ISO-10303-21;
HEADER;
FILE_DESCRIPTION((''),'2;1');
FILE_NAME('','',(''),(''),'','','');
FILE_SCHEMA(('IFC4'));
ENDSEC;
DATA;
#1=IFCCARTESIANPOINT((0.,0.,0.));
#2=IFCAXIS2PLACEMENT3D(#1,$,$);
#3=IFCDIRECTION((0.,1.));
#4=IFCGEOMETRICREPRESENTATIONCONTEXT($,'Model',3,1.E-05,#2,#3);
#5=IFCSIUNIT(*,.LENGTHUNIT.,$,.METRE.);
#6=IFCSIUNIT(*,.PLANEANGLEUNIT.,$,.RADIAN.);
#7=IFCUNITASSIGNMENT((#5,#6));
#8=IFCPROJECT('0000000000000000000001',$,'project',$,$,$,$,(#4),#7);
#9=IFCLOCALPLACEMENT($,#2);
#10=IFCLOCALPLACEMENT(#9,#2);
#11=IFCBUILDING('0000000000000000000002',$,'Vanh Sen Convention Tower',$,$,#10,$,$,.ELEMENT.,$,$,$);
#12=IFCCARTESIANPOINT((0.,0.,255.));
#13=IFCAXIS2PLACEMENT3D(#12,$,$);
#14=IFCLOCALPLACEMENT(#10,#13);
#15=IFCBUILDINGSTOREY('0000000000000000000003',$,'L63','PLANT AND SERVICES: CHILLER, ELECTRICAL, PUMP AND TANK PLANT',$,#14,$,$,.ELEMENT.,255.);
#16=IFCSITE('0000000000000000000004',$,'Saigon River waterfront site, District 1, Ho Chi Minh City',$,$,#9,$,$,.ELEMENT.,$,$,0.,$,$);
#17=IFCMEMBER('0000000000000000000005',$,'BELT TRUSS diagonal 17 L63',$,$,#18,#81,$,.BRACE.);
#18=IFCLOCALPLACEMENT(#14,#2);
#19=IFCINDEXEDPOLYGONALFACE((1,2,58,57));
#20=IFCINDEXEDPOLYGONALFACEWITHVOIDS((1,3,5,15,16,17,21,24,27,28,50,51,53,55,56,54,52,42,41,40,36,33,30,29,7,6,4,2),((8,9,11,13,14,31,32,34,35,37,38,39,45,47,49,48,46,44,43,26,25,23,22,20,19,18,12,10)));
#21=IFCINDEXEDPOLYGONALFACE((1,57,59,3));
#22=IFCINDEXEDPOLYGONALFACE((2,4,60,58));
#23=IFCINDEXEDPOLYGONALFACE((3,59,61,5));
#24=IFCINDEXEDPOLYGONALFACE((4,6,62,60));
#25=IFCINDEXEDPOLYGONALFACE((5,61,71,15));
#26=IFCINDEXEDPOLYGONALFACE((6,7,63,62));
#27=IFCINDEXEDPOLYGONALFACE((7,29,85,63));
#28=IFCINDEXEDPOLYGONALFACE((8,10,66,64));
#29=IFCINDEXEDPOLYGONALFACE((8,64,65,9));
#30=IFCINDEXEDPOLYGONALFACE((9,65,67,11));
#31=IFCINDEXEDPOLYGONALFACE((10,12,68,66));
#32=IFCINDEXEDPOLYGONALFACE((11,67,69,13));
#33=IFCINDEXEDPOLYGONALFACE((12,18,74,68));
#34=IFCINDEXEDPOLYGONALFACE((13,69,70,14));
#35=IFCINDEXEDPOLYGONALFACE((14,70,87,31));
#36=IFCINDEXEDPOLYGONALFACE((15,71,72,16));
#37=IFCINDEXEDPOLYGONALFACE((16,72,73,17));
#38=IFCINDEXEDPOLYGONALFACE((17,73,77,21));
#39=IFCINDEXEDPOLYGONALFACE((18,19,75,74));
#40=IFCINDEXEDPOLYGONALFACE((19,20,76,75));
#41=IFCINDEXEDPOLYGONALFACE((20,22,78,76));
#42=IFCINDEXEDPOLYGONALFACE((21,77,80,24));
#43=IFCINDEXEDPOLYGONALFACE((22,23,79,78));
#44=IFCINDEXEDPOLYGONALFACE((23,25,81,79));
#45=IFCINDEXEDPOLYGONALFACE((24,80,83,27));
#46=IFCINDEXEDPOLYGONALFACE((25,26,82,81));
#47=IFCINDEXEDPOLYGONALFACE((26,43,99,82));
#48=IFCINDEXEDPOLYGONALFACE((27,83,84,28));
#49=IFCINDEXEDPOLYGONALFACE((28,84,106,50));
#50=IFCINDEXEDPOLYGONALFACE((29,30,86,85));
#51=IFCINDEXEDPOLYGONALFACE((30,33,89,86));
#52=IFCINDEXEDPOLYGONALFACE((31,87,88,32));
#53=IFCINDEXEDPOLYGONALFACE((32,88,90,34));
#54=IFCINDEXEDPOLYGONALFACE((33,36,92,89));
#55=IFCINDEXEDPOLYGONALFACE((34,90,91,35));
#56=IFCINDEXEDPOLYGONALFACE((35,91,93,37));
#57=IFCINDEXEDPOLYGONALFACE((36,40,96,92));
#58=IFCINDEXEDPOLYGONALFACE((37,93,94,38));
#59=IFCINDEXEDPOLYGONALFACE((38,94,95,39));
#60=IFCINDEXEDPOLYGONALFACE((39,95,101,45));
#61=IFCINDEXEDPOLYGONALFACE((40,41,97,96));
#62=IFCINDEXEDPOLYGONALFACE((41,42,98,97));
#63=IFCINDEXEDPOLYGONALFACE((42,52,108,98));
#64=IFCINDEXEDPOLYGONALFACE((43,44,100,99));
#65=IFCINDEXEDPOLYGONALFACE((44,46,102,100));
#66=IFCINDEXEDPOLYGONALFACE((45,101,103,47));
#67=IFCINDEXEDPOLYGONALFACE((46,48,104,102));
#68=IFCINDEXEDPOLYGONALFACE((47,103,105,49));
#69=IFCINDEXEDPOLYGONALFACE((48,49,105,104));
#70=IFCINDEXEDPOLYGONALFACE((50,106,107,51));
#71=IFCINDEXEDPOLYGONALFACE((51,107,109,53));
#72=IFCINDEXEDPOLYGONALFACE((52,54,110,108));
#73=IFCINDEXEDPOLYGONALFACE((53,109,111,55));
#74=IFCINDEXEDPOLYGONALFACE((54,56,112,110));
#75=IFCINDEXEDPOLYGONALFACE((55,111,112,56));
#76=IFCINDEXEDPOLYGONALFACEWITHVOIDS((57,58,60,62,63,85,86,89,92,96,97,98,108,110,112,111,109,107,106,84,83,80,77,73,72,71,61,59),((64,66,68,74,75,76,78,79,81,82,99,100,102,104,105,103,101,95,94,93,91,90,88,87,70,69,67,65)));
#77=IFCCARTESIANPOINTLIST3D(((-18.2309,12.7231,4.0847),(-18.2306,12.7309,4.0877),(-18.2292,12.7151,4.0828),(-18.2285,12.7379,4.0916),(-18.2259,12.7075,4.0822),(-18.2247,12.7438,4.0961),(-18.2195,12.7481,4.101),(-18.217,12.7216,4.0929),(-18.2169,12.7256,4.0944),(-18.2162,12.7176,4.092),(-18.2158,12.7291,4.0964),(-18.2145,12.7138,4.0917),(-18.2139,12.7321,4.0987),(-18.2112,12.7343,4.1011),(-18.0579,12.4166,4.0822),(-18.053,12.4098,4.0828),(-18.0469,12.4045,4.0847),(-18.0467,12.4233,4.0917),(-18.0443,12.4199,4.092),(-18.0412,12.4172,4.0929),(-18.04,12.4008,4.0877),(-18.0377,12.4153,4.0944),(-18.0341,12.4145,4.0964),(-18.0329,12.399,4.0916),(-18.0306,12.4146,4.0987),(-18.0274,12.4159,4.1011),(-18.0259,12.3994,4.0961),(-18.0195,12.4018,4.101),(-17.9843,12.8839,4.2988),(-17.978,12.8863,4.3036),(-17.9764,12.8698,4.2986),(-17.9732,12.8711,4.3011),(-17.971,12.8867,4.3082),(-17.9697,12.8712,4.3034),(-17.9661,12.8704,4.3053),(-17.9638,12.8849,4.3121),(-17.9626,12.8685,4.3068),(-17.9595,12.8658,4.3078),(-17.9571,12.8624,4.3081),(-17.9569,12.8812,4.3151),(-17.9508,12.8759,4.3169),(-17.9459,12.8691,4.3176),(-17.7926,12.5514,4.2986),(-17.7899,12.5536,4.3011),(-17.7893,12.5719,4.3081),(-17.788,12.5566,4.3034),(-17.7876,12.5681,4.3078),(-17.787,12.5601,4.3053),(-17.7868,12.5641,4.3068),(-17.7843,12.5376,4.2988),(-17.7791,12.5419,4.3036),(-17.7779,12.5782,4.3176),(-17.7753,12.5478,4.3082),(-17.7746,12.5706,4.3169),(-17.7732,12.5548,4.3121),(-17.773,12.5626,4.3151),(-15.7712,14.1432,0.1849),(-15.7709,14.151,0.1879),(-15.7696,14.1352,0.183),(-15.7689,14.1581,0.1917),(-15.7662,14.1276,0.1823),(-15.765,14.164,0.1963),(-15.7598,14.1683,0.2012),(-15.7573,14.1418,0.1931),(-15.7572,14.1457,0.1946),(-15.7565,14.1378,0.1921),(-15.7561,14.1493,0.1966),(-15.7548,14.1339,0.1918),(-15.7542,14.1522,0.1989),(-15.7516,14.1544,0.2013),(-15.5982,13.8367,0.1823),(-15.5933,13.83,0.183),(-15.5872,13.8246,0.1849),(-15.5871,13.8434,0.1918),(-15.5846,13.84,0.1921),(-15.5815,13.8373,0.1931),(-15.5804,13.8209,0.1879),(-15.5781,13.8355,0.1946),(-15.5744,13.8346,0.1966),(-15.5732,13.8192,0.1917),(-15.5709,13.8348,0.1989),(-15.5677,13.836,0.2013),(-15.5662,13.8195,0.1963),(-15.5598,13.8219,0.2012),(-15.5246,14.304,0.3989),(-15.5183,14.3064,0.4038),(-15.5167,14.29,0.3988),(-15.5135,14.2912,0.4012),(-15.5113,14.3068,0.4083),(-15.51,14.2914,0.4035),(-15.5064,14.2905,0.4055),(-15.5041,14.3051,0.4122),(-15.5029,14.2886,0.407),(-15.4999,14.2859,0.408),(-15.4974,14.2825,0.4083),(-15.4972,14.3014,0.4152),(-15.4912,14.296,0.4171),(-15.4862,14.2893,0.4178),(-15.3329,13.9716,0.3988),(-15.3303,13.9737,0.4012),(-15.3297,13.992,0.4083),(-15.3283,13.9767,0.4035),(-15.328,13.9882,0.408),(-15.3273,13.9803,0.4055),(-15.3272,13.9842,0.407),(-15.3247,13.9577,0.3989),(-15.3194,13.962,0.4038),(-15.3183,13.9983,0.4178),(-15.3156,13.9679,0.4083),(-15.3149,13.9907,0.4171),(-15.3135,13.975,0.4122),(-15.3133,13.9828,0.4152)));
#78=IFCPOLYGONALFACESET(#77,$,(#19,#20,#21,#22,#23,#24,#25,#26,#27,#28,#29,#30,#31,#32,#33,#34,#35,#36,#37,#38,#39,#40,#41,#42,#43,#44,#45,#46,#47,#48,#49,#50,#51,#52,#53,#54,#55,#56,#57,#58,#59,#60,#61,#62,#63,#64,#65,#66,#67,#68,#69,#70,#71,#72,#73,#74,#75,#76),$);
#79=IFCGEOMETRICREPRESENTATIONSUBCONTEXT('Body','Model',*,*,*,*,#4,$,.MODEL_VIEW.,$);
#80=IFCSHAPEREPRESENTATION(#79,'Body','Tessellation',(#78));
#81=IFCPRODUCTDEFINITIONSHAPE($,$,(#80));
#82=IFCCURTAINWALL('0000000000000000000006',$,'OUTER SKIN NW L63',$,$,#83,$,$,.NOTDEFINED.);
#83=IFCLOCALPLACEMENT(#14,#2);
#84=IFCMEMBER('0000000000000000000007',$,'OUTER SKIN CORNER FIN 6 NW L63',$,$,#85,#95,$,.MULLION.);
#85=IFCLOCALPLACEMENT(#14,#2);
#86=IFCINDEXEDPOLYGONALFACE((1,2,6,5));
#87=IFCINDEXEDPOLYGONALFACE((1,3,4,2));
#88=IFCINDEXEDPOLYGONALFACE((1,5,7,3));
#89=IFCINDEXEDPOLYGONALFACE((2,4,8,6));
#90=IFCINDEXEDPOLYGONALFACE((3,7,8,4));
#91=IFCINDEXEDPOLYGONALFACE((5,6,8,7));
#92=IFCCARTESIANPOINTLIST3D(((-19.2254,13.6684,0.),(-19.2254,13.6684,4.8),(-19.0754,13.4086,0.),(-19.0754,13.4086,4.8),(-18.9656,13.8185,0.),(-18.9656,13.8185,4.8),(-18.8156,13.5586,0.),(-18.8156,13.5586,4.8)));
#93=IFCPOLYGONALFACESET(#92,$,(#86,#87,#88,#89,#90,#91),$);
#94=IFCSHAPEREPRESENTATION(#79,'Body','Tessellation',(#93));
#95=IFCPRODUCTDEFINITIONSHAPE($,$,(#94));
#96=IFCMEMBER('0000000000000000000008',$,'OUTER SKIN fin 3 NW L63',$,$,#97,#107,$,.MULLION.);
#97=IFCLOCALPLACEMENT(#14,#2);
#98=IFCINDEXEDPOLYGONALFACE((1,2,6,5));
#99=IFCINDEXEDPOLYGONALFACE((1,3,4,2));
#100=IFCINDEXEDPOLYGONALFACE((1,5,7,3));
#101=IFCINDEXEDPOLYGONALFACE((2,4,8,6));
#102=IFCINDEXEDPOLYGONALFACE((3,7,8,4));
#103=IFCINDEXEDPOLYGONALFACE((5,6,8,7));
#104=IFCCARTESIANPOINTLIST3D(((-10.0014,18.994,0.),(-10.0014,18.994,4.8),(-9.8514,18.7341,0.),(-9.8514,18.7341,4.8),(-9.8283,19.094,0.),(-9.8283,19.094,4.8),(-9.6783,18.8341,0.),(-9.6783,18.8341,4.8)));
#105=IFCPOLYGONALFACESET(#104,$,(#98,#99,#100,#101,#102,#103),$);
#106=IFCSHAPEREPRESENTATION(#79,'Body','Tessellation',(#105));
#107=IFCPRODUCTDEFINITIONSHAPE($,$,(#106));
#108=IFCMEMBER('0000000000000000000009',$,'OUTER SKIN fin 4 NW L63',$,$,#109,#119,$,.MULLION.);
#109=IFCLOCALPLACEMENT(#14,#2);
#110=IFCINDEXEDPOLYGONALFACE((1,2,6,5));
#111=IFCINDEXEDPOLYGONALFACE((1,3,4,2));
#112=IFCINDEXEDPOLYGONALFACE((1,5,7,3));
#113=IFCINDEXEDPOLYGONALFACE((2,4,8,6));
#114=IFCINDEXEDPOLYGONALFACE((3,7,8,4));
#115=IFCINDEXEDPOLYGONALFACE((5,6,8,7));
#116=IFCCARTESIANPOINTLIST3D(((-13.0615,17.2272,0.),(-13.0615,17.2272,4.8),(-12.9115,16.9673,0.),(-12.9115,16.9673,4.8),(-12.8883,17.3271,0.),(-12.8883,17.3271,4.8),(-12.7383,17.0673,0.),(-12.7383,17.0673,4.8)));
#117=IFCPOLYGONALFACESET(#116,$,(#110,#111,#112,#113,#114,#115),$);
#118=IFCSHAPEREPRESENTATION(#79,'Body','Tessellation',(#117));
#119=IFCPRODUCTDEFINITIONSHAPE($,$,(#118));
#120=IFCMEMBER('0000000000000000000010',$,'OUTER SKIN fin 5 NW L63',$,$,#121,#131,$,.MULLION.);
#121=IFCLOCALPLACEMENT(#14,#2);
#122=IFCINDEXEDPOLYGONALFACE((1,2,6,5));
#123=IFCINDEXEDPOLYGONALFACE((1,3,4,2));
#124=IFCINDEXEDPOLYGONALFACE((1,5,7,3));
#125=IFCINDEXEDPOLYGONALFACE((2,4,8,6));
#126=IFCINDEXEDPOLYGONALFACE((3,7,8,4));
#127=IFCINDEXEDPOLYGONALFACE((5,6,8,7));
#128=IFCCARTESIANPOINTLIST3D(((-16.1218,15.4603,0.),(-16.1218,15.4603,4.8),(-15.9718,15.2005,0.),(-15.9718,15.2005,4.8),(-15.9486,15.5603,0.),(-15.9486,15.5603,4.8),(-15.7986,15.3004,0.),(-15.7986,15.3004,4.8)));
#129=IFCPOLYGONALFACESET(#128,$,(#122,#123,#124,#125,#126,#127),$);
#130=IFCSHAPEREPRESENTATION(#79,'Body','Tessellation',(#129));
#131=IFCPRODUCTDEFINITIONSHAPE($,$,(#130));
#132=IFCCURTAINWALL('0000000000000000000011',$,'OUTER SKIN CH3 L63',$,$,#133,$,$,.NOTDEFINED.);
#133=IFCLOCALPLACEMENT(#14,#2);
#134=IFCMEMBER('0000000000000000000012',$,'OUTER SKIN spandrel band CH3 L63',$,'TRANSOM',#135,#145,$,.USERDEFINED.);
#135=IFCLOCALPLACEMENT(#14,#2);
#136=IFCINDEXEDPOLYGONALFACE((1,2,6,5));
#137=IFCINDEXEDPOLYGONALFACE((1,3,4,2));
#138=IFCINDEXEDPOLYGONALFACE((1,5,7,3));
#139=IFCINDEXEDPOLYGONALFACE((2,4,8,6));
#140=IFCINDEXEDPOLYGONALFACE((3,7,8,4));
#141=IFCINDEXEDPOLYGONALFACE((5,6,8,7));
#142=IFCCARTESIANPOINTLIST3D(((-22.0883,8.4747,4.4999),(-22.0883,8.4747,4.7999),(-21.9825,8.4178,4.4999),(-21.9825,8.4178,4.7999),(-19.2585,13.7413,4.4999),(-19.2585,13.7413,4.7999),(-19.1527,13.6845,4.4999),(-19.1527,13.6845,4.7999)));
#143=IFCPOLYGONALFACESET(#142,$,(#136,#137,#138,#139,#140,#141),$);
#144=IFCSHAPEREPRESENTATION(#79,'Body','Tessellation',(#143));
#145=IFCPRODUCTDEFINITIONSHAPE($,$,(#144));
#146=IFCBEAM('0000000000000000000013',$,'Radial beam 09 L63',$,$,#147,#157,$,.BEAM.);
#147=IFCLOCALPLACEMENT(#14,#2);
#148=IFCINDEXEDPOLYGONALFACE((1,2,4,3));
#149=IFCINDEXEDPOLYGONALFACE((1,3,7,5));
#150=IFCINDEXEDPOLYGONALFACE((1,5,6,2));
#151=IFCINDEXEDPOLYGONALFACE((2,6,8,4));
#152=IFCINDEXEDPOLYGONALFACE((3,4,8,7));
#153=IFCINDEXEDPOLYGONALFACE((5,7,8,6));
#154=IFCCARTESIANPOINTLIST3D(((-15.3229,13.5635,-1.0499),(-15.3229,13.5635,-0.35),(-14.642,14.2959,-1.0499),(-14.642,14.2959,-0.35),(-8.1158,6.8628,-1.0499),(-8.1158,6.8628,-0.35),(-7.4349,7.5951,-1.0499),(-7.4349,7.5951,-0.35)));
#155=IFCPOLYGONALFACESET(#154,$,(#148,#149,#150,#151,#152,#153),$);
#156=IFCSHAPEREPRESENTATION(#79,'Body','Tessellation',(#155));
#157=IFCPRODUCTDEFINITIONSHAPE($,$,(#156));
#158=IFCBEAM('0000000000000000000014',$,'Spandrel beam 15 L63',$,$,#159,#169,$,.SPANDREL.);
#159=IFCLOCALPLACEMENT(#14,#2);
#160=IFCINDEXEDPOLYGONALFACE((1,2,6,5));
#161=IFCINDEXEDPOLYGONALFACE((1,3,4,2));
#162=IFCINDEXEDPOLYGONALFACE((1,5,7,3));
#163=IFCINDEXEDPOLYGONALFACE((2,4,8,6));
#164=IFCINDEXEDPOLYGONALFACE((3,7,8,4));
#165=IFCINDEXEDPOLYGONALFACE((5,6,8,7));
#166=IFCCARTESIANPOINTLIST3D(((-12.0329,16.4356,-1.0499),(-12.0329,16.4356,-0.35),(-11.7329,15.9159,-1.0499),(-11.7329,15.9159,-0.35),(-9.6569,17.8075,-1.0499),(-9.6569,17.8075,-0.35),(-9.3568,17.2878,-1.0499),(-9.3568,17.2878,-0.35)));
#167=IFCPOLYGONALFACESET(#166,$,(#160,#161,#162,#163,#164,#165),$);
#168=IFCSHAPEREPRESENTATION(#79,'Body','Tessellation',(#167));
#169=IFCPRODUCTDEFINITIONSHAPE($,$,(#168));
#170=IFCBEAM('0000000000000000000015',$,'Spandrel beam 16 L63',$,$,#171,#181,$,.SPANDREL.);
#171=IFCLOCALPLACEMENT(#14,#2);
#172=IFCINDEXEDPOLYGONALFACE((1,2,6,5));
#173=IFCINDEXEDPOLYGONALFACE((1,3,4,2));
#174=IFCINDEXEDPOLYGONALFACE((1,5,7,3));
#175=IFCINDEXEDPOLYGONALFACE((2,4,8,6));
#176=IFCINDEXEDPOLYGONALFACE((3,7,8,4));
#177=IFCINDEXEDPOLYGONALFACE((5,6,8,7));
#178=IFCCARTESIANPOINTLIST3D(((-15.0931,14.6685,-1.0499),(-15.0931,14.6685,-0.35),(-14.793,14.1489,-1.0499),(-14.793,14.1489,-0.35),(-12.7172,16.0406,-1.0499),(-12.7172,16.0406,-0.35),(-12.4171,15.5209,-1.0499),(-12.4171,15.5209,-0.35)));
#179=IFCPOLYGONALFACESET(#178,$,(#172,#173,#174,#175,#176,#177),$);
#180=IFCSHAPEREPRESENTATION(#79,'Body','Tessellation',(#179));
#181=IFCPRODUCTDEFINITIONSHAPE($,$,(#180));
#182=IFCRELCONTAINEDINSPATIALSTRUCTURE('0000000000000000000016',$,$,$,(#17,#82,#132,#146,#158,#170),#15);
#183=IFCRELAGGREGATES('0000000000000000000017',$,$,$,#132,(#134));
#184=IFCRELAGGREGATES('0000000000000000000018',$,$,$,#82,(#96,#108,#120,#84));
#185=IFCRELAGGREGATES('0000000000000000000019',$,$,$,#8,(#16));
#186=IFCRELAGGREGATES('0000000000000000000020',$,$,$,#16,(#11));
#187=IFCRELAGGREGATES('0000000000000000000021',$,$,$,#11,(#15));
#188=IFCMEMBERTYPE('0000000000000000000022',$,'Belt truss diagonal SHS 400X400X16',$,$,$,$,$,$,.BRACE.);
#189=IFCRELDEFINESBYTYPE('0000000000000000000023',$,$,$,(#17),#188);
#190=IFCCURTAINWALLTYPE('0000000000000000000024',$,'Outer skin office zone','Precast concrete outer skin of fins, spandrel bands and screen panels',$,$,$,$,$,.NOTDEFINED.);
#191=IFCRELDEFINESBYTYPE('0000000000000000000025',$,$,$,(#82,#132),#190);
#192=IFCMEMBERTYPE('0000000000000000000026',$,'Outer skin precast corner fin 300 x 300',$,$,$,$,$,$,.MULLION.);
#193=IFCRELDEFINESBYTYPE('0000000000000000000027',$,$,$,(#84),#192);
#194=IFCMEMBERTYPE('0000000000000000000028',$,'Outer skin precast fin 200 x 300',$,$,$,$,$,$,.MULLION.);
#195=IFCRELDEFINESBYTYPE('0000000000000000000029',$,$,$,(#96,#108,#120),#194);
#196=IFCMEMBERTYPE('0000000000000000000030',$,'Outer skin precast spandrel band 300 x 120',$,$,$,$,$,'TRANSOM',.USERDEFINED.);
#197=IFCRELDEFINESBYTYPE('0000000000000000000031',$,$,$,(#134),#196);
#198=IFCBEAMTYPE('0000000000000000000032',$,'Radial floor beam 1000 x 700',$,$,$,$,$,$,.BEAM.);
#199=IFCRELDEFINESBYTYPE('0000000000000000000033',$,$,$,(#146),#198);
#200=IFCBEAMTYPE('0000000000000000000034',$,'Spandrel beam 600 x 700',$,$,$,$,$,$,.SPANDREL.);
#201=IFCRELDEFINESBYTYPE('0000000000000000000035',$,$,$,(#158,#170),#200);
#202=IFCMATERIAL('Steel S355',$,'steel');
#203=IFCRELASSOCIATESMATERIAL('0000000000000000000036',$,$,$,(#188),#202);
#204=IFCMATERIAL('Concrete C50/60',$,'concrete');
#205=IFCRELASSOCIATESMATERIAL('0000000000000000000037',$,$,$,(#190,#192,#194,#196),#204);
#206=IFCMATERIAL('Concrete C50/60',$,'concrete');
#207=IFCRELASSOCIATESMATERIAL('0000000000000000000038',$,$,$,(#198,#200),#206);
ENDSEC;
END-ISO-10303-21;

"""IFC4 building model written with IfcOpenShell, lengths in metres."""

from ifc_helpers import new_model, si_unit, direction, frame, origin, origin_2d, place, context, subcontext, project, spatial, rectangle, hollow_rectangle, extrude, material, material_profile, profile_set, type_object, element, aggregate, save


model = new_model("IFC4")

# Units and contexts
model_context = context("Model", 3, precision=1e-05, world=origin(), true_north=direction((0.0, 1.0)))
body_context = subcontext(model_context, "Body", "Model", "MODEL_VIEW")
ifc_project = project(units=[si_unit("LENGTHUNIT", "METRE"), si_unit("PLANEANGLEUNIT", "RADIAN")], contexts=[model_context])

# Site, building, storey
site_placement = place(None, origin())
site = spatial("IfcSite", under=ifc_project, at=site_placement, Name="Saigon River waterfront site, District 1, Ho Chi Minh City", CompositionType="ELEMENT", RefElevation=0.0)
building_placement = place(site_placement, origin())
building = spatial("IfcBuilding", under=site, at=building_placement, Name="Vanh Sen Convention Tower", CompositionType="ELEMENT")
storey_placement = place(building_placement, frame((0.0, 0.0, 255.0)))
storey = spatial("IfcBuildingStorey", under=building, at=storey_placement, Name="L63", Description="PLANT AND SERVICES: CHILLER, ELECTRICAL, PUMP AND TANK PLANT", CompositionType="ELEMENT", Elevation=255.0)

# Member
ifc_material_1 = material(Name="Steel S355", Category="steel")
ifc_material_profile_1 = material_profile(ifc_material_1, hollow_rectangle(XDim=0.3999, YDim=0.3999, WallThickness=0.0161, InnerFilletRadius=0.0161, OuterFilletRadius=0.032, at=origin_2d()), Name="SHS 400X400X16")
ifc_profile_set_1 = profile_set([ifc_material_profile_1], Name="Steel S355")
member_type_1 = type_object("IfcMemberType", Name="Belt truss diagonal SHS 400X400X16", PredefinedType="BRACE", material=ifc_profile_set_1)
member_1_placement = place(storey_placement, frame((-15.5422, 14.063, 0.3), z_axis=(-0.509833, -0.294362, 0.808345), x_axis=(0.500013, -0.866018, 0.0)))
element("IfcMember", 1, at=member_1_placement, inside=storey, type_object=member_type_1, Name="BELT TRUSS diagonal 17 L63", PredefinedType="BRACE", context=body_context, shape_type="SweptSolid", body=[
    extrude(hollow_rectangle(XDim=0.3999, YDim=0.3999, WallThickness=0.0161, InnerFilletRadius=0.0161, OuterFilletRadius=0.032, at=origin_2d()), origin(), (0.0, 0.0, 1.0), 4.8245),
])

# Curtain wall, members
ifc_material_2 = material(Name="Concrete C50/60", Category="concrete")
curtain_wall_type = type_object("IfcCurtainWallType", Name="Outer skin office zone", Description="Precast concrete outer skin of fins, spandrel bands and screen panels", PredefinedType="NOTDEFINED", material=ifc_material_2)
curtain_wall_1_placement = place(storey_placement, origin())
curtain_wall_1 = element("IfcCurtainWall", 2, at=curtain_wall_1_placement, inside=storey, type_object=curtain_wall_type, Name="OUTER SKIN NW L63", PredefinedType="NOTDEFINED")
ifc_material_profile_2 = material_profile(ifc_material_2, rectangle(XDim=0.3, YDim=0.3, at=origin_2d()), Name="Outer skin precast corner fin 300 x 300")
ifc_profile_set_2 = profile_set([ifc_material_profile_2], Name="Concrete C50/60")
member_type_2 = type_object("IfcMemberType", Name="Outer skin precast corner fin 300 x 300", PredefinedType="MULLION", material=ifc_profile_set_2)
member_2_placement = place(storey_placement, frame((-19.0205, 13.6135, 0.0), z_axis=(0.0, 0.0, 1.0), x_axis=(-0.866025, -0.5, 0.0)))
member_2 = element("IfcMember", 3, at=member_2_placement, type_object=member_type_2, Name="OUTER SKIN CORNER FIN 6 NW L63", PredefinedType="MULLION", context=body_context, shape_type="SweptSolid", body=[
    extrude(rectangle(XDim=0.3, YDim=0.3, at=origin_2d()), origin(), (0.0, 0.0, 1.0), 4.8),
])
ifc_material_profile_3 = material_profile(ifc_material_2, rectangle(XDim=0.2, YDim=0.3, at=origin_2d()), Name="Outer skin precast fin 200 x 300")
ifc_profile_set_3 = profile_set([ifc_material_profile_3], Name="Concrete C50/60")
member_type_3 = type_object("IfcMemberType", Name="Outer skin precast fin 200 x 300", PredefinedType="MULLION", material=ifc_profile_set_3)
member_3_placement = place(storey_placement, frame((-9.8398, 18.9141, 0.0), z_axis=(0.0, 0.0, 1.0), x_axis=(-0.866025, -0.5, 0.0)))
member_3 = element("IfcMember", 4, at=member_3_placement, type_object=member_type_3, Name="OUTER SKIN fin 3 NW L63", PredefinedType="MULLION", context=body_context, shape_type="SweptSolid", body=[
    extrude(rectangle(XDim=0.2, YDim=0.3, at=origin_2d()), origin(), (0.0, 0.0, 1.0), 4.8),
])
member_4_placement = place(storey_placement, frame((-12.8999, 17.1472, 0.0), z_axis=(0.0, 0.0, 1.0), x_axis=(-0.866025, -0.5, 0.0)))
member_4 = element("IfcMember", 5, at=member_4_placement, type_object=member_type_3, Name="OUTER SKIN fin 4 NW L63", PredefinedType="MULLION", context=body_context, shape_type="SweptSolid", body=[
    extrude(rectangle(XDim=0.2, YDim=0.3, at=origin_2d()), origin(), (0.0, 0.0, 1.0), 4.8),
])
member_5_placement = place(storey_placement, frame((-15.9602, 15.3804, 0.0), z_axis=(0.0, 0.0, 1.0), x_axis=(-0.866025, -0.5, 0.0)))
member_5 = element("IfcMember", 6, at=member_5_placement, type_object=member_type_3, Name="OUTER SKIN fin 5 NW L63", PredefinedType="MULLION", context=body_context, shape_type="SweptSolid", body=[
    extrude(rectangle(XDim=0.2, YDim=0.3, at=origin_2d()), origin(), (0.0, 0.0, 1.0), 4.8),
])

# Curtain wall, member
curtain_wall_2_placement = place(storey_placement, origin())
curtain_wall_2 = element("IfcCurtainWall", 7, at=curtain_wall_2_placement, inside=storey, type_object=curtain_wall_type, Name="OUTER SKIN CH3 L63", PredefinedType="NOTDEFINED")
ifc_material_profile_4 = material_profile(ifc_material_2, rectangle(XDim=0.1201, YDim=0.3, at=origin_2d()), Name="Outer skin precast spandrel band 300 x 120")
ifc_profile_set_4 = profile_set([ifc_material_profile_4], Name="Concrete C50/60")
member_type_4 = type_object("IfcMemberType", Name="Outer skin precast spandrel band 300 x 120", ElementType="TRANSOM", PredefinedType="USERDEFINED", material=ifc_profile_set_4)
member_6_placement = place(storey_placement, frame((-19.2056, 13.7129, 4.6499), z_axis=(-0.473318, -0.880892, 0.0), x_axis=(0.880892, -0.473318, 0.0)))
member_6 = element("IfcMember", 8, at=member_6_placement, type_object=member_type_4, Name="OUTER SKIN spandrel band CH3 L63", ObjectType="TRANSOM", PredefinedType="USERDEFINED", context=body_context, shape_type="SweptSolid", body=[
    extrude(rectangle(XDim=0.1201, YDim=0.3, at=origin_2d()), origin(), (0.0, 0.0, 1.0), 5.9788),
])
aggregate(curtain_wall_2, [member_6])

# Beams
ifc_material_3 = material(Name="Concrete C50/60", Category="concrete")
ifc_material_profile_5 = material_profile(ifc_material_3, rectangle(XDim=1.0, YDim=0.7, at=origin_2d()), Name="RC 1000X700")
ifc_profile_set_5 = profile_set([ifc_material_profile_5], Name="Concrete C50/60")
beam_type_1 = type_object("IfcBeamType", Name="Radial floor beam 1000 x 700", PredefinedType="BEAM", material=ifc_profile_set_5)
beam_1_placement = place(storey_placement, frame((-14.9824, 13.9297, -0.7), z_axis=(0.732366, -0.680912, 0.0), x_axis=(0.680912, 0.732366, 0.0)))
element("IfcBeam", 9, at=beam_1_placement, inside=storey, type_object=beam_type_1, Name="Radial beam 09 L63", PredefinedType="BEAM", context=body_context, shape_type="SweptSolid", body=[
    extrude(rectangle(XDim=1.0, YDim=0.7, at=origin_2d()), origin(), (0.0, 0.0, 1.0), 9.8408),
])
ifc_material_profile_6 = material_profile(ifc_material_3, rectangle(XDim=0.6001, YDim=0.7, at=origin_2d()), Name="RC 600X700")
ifc_profile_set_6 = profile_set([ifc_material_profile_6], Name="Concrete C50/60")
beam_type_2 = type_object("IfcBeamType", Name="Spandrel beam 600 x 700", PredefinedType="SPANDREL", material=ifc_profile_set_6)
for number, where, z_axis, x_axis, name in (
    (10, (-9.5068, 17.5476, -0.7), (-0.866017, -0.500015, 0.0), (0.500015, -0.866017, 0.0), "Spandrel beam 15 L63"),
    (11, (-12.5671, 15.7808, -0.7), (-0.865978, -0.500082, 0.0), (0.500082, -0.865978, 0.0), "Spandrel beam 16 L63"),
):
    element("IfcBeam", number, at=place(storey_placement, frame(where, z_axis=z_axis, x_axis=x_axis)), inside=storey, type_object=beam_type_2, Name=name, PredefinedType="SPANDREL", context=body_context, shape_type="SweptSolid", body=[
        extrude(rectangle(XDim=0.6001, YDim=0.7, at=origin_2d()), origin(), (0.0, 0.0, 1.0), 2.7437),
    ])

aggregate(curtain_wall_1, [member_3, member_4, member_5, member_2])

save(model, "model.ifc")
